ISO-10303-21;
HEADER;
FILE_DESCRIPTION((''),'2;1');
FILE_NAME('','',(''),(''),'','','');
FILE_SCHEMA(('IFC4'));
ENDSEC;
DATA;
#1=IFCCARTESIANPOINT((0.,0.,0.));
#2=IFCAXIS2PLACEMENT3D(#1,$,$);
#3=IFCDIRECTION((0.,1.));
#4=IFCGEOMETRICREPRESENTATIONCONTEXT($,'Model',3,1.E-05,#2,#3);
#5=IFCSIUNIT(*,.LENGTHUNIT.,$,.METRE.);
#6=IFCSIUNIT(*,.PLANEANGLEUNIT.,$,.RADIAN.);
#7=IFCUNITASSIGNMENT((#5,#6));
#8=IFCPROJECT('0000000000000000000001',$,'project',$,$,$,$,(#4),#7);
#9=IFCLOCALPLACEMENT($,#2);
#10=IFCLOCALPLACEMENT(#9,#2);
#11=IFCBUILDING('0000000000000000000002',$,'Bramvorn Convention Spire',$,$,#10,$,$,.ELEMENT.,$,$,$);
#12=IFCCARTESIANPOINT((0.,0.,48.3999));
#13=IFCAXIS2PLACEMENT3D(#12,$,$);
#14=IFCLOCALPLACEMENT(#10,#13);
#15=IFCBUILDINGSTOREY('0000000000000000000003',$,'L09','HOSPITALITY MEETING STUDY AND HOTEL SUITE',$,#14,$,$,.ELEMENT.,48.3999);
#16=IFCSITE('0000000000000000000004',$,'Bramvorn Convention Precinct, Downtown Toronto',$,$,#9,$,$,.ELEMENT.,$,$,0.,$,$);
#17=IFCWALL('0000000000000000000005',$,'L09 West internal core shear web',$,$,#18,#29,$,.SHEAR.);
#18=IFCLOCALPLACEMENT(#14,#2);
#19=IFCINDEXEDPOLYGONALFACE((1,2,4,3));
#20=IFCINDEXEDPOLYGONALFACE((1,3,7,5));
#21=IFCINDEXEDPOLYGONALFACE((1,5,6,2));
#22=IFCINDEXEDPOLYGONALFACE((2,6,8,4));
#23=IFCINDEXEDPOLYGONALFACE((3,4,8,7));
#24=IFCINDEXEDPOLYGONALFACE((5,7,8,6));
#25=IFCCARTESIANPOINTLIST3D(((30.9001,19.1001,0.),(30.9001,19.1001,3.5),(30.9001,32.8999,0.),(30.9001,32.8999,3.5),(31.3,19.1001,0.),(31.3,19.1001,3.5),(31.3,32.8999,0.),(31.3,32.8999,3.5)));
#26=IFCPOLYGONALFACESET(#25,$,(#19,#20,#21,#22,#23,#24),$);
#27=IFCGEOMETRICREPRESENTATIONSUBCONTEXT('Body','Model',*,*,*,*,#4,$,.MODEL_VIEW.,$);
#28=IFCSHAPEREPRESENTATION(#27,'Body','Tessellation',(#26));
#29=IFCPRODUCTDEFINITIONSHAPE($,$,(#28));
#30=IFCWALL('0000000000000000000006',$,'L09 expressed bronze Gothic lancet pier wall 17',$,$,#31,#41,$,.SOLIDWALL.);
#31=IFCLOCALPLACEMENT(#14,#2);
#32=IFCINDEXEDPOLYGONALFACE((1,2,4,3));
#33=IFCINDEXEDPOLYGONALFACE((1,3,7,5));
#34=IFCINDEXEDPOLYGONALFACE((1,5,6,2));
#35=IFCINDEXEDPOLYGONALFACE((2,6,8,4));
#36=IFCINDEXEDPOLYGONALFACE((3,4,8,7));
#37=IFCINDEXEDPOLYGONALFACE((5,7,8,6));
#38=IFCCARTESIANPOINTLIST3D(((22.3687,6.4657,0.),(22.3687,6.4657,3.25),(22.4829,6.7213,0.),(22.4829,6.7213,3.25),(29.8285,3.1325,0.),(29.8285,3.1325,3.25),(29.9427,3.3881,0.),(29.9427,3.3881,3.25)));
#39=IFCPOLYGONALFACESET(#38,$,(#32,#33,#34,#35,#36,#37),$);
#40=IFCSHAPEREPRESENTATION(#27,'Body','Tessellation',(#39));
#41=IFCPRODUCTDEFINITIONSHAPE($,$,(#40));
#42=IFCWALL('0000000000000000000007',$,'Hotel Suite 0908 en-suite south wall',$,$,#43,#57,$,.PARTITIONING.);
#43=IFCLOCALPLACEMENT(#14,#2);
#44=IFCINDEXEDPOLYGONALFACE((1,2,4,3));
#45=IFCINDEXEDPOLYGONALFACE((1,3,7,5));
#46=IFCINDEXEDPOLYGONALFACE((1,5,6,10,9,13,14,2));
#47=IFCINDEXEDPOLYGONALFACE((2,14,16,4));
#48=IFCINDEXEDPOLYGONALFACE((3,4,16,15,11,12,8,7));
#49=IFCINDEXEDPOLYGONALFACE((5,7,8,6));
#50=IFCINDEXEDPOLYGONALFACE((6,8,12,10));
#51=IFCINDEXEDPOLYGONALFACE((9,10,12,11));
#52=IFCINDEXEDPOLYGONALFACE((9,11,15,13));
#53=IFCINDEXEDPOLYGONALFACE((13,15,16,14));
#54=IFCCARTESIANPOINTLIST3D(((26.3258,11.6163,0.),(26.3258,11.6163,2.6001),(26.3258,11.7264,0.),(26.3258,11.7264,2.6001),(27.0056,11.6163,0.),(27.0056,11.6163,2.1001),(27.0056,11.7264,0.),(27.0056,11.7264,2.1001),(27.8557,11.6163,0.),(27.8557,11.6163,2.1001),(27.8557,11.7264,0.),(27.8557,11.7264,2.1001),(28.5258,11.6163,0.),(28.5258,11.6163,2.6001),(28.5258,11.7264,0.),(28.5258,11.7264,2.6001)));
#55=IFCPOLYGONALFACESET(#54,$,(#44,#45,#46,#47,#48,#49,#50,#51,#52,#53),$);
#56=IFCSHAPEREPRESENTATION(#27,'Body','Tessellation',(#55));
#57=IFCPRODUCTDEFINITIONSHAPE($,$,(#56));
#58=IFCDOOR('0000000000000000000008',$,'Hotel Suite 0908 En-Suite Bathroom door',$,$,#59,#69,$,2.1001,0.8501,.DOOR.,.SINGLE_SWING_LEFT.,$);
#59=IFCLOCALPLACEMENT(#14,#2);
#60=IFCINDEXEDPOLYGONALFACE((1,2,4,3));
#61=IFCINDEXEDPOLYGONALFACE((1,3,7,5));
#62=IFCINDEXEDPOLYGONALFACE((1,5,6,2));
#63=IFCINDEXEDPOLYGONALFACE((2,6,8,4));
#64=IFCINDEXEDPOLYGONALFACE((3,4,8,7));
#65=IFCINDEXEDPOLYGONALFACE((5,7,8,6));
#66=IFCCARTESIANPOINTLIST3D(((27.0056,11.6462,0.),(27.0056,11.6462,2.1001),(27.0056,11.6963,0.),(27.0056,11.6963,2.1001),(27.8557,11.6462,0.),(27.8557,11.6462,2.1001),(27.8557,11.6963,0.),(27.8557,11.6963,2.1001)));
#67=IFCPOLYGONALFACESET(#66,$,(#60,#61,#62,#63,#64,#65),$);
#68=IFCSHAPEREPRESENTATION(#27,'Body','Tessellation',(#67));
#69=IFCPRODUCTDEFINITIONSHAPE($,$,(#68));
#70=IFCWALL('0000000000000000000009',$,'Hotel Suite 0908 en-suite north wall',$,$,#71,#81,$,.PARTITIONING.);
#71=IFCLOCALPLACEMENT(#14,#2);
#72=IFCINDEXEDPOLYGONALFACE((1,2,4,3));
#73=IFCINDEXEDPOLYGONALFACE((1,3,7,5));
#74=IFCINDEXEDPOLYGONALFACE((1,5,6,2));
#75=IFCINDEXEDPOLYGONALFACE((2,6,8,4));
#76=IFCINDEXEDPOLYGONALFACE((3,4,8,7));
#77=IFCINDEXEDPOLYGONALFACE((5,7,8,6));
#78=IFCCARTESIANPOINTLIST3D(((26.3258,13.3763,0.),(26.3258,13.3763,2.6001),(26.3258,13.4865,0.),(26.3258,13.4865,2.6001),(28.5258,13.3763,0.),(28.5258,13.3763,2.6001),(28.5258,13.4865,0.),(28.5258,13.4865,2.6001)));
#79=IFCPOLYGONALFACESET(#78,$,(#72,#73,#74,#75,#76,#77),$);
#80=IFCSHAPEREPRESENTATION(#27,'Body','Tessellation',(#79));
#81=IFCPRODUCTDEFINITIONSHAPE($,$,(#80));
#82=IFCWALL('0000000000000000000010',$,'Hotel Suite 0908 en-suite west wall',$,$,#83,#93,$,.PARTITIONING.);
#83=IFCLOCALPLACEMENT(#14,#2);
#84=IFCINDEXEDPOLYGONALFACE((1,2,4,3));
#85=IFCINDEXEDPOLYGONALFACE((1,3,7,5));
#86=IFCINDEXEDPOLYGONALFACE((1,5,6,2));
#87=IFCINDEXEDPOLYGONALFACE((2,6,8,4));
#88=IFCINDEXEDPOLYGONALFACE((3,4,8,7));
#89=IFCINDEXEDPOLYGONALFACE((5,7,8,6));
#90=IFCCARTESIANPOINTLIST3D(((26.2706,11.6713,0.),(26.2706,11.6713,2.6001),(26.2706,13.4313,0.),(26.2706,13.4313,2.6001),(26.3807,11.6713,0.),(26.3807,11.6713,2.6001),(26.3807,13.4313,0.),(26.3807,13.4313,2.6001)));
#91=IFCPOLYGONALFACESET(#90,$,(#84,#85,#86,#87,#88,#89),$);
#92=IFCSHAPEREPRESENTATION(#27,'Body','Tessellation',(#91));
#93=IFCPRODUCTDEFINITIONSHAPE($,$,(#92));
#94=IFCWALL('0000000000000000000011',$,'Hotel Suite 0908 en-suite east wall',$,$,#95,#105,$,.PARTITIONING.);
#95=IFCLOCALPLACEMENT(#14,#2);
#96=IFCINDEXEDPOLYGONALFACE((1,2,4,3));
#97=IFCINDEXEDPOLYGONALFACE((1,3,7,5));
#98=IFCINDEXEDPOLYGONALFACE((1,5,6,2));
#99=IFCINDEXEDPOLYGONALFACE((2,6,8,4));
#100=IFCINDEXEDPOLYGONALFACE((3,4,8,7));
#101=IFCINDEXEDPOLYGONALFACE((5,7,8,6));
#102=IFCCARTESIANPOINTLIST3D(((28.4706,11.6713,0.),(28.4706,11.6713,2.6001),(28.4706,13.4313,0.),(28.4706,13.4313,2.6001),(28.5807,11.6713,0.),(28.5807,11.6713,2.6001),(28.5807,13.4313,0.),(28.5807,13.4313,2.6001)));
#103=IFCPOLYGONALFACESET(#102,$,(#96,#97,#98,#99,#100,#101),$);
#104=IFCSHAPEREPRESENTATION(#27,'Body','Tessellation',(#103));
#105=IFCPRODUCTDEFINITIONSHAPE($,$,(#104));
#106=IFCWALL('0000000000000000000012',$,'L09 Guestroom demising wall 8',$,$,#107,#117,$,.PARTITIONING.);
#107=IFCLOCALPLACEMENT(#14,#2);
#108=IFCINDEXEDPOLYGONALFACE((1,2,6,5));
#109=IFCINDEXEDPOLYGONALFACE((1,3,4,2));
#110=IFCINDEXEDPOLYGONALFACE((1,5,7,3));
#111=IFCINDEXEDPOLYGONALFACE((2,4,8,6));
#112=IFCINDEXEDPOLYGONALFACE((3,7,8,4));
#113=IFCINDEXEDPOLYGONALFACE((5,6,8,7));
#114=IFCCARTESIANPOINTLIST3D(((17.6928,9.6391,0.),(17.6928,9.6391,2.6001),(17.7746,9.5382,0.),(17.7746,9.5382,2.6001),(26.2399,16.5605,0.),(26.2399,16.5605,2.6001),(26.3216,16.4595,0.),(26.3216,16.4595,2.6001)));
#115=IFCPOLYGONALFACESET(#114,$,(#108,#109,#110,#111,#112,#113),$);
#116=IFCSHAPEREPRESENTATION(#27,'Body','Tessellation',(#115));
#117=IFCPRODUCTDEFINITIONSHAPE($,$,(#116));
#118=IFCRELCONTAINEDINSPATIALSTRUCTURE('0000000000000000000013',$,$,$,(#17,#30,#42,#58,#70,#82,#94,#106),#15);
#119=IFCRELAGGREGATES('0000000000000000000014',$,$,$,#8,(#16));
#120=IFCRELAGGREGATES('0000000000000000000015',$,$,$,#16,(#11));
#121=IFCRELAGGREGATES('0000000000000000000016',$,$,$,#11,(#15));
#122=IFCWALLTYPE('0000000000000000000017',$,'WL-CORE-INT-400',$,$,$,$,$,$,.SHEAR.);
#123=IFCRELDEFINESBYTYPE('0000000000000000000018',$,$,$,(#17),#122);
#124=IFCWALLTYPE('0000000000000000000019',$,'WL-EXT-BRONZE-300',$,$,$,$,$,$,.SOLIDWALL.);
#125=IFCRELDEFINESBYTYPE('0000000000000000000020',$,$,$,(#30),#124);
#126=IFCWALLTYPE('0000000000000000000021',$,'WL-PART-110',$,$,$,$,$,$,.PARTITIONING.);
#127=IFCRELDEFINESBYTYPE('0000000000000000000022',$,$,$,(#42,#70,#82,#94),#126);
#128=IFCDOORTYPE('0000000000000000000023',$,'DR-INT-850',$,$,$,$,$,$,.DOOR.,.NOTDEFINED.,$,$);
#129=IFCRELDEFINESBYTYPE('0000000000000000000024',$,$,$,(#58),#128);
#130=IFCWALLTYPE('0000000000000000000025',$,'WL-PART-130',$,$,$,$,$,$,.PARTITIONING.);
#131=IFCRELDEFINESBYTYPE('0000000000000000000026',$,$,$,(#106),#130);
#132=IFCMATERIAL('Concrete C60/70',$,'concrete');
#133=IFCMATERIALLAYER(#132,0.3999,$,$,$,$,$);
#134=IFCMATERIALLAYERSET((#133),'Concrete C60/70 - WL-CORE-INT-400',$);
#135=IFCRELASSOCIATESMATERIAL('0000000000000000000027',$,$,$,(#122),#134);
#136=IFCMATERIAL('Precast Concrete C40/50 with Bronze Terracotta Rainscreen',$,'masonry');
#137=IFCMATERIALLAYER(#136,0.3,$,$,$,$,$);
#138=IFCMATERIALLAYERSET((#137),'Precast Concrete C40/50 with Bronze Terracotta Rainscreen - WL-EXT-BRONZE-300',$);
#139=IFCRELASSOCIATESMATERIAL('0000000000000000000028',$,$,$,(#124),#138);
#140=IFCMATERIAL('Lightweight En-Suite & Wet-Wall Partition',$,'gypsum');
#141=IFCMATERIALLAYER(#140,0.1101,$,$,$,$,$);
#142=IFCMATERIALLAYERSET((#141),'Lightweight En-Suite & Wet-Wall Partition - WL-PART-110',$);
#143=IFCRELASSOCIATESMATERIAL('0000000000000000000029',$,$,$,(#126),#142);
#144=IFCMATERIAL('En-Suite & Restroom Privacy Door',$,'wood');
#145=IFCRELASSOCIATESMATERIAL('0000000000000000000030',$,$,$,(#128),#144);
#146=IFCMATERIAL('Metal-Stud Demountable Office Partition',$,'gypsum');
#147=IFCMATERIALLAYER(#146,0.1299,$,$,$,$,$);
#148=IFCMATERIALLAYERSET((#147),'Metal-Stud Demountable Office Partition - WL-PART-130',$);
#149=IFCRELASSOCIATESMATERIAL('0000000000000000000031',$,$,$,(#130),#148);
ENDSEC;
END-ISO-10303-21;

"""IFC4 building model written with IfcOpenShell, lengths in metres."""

from ifc_helpers import new_model, si_unit, direction, frame, frame_2d, origin, place, context, subcontext, project, spatial, rectangle, extrude, material, layer, layer_set, type_object, element, fill, save


model = new_model("IFC4")

# Units and contexts
model_context = context("Model", 3, precision=1e-05, world=origin(), true_north=direction((0.0, 1.0)))
body_context = subcontext(model_context, "Body", "Model", "MODEL_VIEW")
ifc_project = project(units=[si_unit("LENGTHUNIT", "METRE"), si_unit("PLANEANGLEUNIT", "RADIAN")], contexts=[model_context])

# Site, building, storey
site_placement = place(None, origin())
site = spatial("IfcSite", under=ifc_project, at=site_placement, Name="Bramvorn Convention Precinct, Downtown Toronto", CompositionType="ELEMENT", RefElevation=0.0)
building_placement = place(site_placement, origin())
building = spatial("IfcBuilding", under=site, at=building_placement, Name="Bramvorn Convention Spire", CompositionType="ELEMENT")
storey_placement = place(building_placement, frame((0.0, 0.0, 48.3999)))
storey = spatial("IfcBuildingStorey", under=building, at=storey_placement, Name="L09", Description="HOSPITALITY MEETING STUDY AND HOTEL SUITE", CompositionType="ELEMENT", Elevation=48.3999)

# Shared definitions
ifc_material_1 = material(Name="Concrete C60/70", Category="concrete")

# Walls
ifc_layer_1 = layer(ifc_material_1, 0.3999)
ifc_layer_set_1 = layer_set([ifc_layer_1], Name="Concrete C60/70 - WL-CORE-INT-400")
wall_type_1 = type_object("IfcWallType", Name="WL-CORE-INT-400", PredefinedType="SHEAR", material=ifc_layer_set_1)
wall_1_placement = place(storey_placement, frame((31.1001, 19.1001, 0.0), z_axis=(0.0, 0.0, 1.0), x_axis=(0.0, 1.0, 0.0)))
element("IfcWall", 1, at=wall_1_placement, inside=storey, type_object=wall_type_1, Name="L09 West internal core shear web", PredefinedType="SHEAR", context=body_context, shape_type="SweptSolid", body=[
    extrude(rectangle(XDim=13.7998, YDim=0.3999, at=frame_2d((6.8999, 0.0))), origin(), (0.0, 0.0, 1.0), 3.5),
])
ifc_material_2 = material(Name="Precast Concrete C40/50 with Bronze Terracotta Rainscreen", Category="masonry")
ifc_layer_2 = layer(ifc_material_2, 0.3)
ifc_layer_set_2 = layer_set([ifc_layer_2], Name="Precast Concrete C40/50 with Bronze Terracotta Rainscreen - WL-EXT-BRONZE-300")
wall_type_2 = type_object("IfcWallType", Name="WL-EXT-BRONZE-300", PredefinedType="SOLIDWALL", material=ifc_layer_set_2)
wall_2_placement = place(storey_placement, frame((29.8857, 3.2603, 0.0), z_axis=(0.0, 0.0, 1.0), x_axis=(-0.913005, 0.407948, 0.0)))
element("IfcWall", 2, at=wall_2_placement, inside=storey, type_object=wall_type_2, Name="L09 expressed bronze Gothic lancet pier wall 17", PredefinedType="SOLIDWALL", context=body_context, shape_type="SweptSolid", body=[
    extrude(rectangle(XDim=8.1707, YDim=0.28, at=frame_2d((4.0854, 0.0))), origin(), (0.0, 0.0, 1.0), 3.25),
])

# Wall, opening, door
ifc_material_3 = material(Name="Lightweight En-Suite & Wet-Wall Partition", Category="gypsum")
ifc_layer_3 = layer(ifc_material_3, 0.1101)
ifc_layer_set_3 = layer_set([ifc_layer_3], Name="Lightweight En-Suite & Wet-Wall Partition - WL-PART-110")
wall_type_3 = type_object("IfcWallType", Name="WL-PART-110", PredefinedType="PARTITIONING", material=ifc_layer_set_3)
wall_3_placement = place(storey_placement, frame((26.3257, 11.6714, 0.0), z_axis=(0.0, 0.0, 1.0), x_axis=(1.0, 0.0, 0.0)))
wall_3 = element("IfcWall", 3, at=wall_3_placement, inside=storey, type_object=wall_type_3, Name="Hotel Suite 0908 en-suite south wall", PredefinedType="PARTITIONING", context=body_context, shape_type="SweptSolid", body=[
    extrude(rectangle(XDim=2.2, YDim=0.1101, at=frame_2d((1.1001, 0.0))), origin(), (0.0, 0.0, 1.0), 2.6001),
])
opening_1_placement = place(wall_3_placement, frame((0.6799, 0.0, 0.0)))
opening_1 = element("IfcOpeningElement", 4, at=opening_1_placement, cuts=wall_3, PredefinedType="OPENING", context=body_context, shape_type="SweptSolid", body=[
    extrude(rectangle(XDim=0.8501, YDim=2.1001, at=frame_2d((0.425, 1.05))), frame((0.0, 0.0649, 0.0), z_axis=(0.0, -1.0, 0.0), x_axis=(1.0, 0.0, 0.0)), (0.0, 0.0, 1.0), 0.1301),
])
ifc_material_4 = material(Name="En-Suite & Restroom Privacy Door", Category="wood")
door_type_1 = type_object("IfcDoorType", Name="DR-INT-850", OperationType="NOTDEFINED", PredefinedType="DOOR", material=ifc_material_4)
door_1_placement = place(opening_1_placement, origin())
door_1 = element("IfcDoor", 5, at=door_1_placement, inside=storey, type_object=door_type_1, Name="Hotel Suite 0908 En-Suite Bathroom door", OperationType="SINGLE_SWING_LEFT", OverallHeight=2.1001, OverallWidth=0.8501, PredefinedType="DOOR", context=body_context, shape_type="SweptSolid", body=[
    extrude(rectangle(XDim=0.8501, YDim=2.1001, at=frame_2d((0.425, 1.05))), frame((0.0, 0.0249, 0.0), z_axis=(0.0, -1.0, 0.0), x_axis=(1.0, 0.0, 0.0)), (0.0, 0.0, 1.0), 0.05),
])
fill(opening_1, door_1)

# Walls
wall_4_placement = place(storey_placement, frame((26.3257, 13.4314, 0.0), z_axis=(0.0, 0.0, 1.0), x_axis=(1.0, 0.0, 0.0)))
element("IfcWall", 6, at=wall_4_placement, inside=storey, type_object=wall_type_3, Name="Hotel Suite 0908 en-suite north wall", PredefinedType="PARTITIONING", context=body_context, shape_type="SweptSolid", body=[
    extrude(rectangle(XDim=2.2, YDim=0.1101, at=frame_2d((1.1001, 0.0))), origin(), (0.0, 0.0, 1.0), 2.6001),
])
for number, where, z_axis, x_axis, name in (
    (7, (26.3257, 11.6714, 0.0), (0.0, 0.0, 1.0), (0.0, 1.0, 0.0), "Hotel Suite 0908 en-suite west wall"),
    (8, (28.5256, 11.6714, 0.0), (0.0, 0.0, 1.0), (0.0, 1.0, 0.0), "Hotel Suite 0908 en-suite east wall"),
):
    element("IfcWall", number, at=place(storey_placement, frame(where, z_axis=z_axis, x_axis=x_axis)), inside=storey, type_object=wall_type_3, Name=name, PredefinedType="PARTITIONING", context=body_context, shape_type="SweptSolid", body=[
        extrude(rectangle(XDim=1.76, YDim=0.1101, at=frame_2d((0.8799, 0.0))), origin(), (0.0, 0.0, 1.0), 2.6001),
    ])
ifc_material_5 = material(Name="Metal-Stud Demountable Office Partition", Category="gypsum")
ifc_layer_4 = layer(ifc_material_5, 0.1299)
ifc_layer_set_4 = layer_set([ifc_layer_4], Name="Metal-Stud Demountable Office Partition - WL-PART-130")
wall_type_4 = type_object("IfcWallType", Name="WL-PART-130", PredefinedType="PARTITIONING", material=ifc_layer_set_4)
wall_5_placement = place(storey_placement, frame((26.2808, 16.51, 0.0), z_axis=(0.0, 0.0, 1.0), x_axis=(-0.777143, -0.629324, 0.0)))
element("IfcWall", 9, at=wall_5_placement, inside=storey, type_object=wall_type_4, Name="L09 Guestroom demising wall 8", PredefinedType="PARTITIONING", context=body_context, shape_type="SweptSolid", body=[
    extrude(rectangle(XDim=10.998, YDim=0.1299, at=frame_2d((5.499, 0.0))), origin(), (0.0, 0.0, 1.0), 2.6001),
])

save(model, "model.ifc")
